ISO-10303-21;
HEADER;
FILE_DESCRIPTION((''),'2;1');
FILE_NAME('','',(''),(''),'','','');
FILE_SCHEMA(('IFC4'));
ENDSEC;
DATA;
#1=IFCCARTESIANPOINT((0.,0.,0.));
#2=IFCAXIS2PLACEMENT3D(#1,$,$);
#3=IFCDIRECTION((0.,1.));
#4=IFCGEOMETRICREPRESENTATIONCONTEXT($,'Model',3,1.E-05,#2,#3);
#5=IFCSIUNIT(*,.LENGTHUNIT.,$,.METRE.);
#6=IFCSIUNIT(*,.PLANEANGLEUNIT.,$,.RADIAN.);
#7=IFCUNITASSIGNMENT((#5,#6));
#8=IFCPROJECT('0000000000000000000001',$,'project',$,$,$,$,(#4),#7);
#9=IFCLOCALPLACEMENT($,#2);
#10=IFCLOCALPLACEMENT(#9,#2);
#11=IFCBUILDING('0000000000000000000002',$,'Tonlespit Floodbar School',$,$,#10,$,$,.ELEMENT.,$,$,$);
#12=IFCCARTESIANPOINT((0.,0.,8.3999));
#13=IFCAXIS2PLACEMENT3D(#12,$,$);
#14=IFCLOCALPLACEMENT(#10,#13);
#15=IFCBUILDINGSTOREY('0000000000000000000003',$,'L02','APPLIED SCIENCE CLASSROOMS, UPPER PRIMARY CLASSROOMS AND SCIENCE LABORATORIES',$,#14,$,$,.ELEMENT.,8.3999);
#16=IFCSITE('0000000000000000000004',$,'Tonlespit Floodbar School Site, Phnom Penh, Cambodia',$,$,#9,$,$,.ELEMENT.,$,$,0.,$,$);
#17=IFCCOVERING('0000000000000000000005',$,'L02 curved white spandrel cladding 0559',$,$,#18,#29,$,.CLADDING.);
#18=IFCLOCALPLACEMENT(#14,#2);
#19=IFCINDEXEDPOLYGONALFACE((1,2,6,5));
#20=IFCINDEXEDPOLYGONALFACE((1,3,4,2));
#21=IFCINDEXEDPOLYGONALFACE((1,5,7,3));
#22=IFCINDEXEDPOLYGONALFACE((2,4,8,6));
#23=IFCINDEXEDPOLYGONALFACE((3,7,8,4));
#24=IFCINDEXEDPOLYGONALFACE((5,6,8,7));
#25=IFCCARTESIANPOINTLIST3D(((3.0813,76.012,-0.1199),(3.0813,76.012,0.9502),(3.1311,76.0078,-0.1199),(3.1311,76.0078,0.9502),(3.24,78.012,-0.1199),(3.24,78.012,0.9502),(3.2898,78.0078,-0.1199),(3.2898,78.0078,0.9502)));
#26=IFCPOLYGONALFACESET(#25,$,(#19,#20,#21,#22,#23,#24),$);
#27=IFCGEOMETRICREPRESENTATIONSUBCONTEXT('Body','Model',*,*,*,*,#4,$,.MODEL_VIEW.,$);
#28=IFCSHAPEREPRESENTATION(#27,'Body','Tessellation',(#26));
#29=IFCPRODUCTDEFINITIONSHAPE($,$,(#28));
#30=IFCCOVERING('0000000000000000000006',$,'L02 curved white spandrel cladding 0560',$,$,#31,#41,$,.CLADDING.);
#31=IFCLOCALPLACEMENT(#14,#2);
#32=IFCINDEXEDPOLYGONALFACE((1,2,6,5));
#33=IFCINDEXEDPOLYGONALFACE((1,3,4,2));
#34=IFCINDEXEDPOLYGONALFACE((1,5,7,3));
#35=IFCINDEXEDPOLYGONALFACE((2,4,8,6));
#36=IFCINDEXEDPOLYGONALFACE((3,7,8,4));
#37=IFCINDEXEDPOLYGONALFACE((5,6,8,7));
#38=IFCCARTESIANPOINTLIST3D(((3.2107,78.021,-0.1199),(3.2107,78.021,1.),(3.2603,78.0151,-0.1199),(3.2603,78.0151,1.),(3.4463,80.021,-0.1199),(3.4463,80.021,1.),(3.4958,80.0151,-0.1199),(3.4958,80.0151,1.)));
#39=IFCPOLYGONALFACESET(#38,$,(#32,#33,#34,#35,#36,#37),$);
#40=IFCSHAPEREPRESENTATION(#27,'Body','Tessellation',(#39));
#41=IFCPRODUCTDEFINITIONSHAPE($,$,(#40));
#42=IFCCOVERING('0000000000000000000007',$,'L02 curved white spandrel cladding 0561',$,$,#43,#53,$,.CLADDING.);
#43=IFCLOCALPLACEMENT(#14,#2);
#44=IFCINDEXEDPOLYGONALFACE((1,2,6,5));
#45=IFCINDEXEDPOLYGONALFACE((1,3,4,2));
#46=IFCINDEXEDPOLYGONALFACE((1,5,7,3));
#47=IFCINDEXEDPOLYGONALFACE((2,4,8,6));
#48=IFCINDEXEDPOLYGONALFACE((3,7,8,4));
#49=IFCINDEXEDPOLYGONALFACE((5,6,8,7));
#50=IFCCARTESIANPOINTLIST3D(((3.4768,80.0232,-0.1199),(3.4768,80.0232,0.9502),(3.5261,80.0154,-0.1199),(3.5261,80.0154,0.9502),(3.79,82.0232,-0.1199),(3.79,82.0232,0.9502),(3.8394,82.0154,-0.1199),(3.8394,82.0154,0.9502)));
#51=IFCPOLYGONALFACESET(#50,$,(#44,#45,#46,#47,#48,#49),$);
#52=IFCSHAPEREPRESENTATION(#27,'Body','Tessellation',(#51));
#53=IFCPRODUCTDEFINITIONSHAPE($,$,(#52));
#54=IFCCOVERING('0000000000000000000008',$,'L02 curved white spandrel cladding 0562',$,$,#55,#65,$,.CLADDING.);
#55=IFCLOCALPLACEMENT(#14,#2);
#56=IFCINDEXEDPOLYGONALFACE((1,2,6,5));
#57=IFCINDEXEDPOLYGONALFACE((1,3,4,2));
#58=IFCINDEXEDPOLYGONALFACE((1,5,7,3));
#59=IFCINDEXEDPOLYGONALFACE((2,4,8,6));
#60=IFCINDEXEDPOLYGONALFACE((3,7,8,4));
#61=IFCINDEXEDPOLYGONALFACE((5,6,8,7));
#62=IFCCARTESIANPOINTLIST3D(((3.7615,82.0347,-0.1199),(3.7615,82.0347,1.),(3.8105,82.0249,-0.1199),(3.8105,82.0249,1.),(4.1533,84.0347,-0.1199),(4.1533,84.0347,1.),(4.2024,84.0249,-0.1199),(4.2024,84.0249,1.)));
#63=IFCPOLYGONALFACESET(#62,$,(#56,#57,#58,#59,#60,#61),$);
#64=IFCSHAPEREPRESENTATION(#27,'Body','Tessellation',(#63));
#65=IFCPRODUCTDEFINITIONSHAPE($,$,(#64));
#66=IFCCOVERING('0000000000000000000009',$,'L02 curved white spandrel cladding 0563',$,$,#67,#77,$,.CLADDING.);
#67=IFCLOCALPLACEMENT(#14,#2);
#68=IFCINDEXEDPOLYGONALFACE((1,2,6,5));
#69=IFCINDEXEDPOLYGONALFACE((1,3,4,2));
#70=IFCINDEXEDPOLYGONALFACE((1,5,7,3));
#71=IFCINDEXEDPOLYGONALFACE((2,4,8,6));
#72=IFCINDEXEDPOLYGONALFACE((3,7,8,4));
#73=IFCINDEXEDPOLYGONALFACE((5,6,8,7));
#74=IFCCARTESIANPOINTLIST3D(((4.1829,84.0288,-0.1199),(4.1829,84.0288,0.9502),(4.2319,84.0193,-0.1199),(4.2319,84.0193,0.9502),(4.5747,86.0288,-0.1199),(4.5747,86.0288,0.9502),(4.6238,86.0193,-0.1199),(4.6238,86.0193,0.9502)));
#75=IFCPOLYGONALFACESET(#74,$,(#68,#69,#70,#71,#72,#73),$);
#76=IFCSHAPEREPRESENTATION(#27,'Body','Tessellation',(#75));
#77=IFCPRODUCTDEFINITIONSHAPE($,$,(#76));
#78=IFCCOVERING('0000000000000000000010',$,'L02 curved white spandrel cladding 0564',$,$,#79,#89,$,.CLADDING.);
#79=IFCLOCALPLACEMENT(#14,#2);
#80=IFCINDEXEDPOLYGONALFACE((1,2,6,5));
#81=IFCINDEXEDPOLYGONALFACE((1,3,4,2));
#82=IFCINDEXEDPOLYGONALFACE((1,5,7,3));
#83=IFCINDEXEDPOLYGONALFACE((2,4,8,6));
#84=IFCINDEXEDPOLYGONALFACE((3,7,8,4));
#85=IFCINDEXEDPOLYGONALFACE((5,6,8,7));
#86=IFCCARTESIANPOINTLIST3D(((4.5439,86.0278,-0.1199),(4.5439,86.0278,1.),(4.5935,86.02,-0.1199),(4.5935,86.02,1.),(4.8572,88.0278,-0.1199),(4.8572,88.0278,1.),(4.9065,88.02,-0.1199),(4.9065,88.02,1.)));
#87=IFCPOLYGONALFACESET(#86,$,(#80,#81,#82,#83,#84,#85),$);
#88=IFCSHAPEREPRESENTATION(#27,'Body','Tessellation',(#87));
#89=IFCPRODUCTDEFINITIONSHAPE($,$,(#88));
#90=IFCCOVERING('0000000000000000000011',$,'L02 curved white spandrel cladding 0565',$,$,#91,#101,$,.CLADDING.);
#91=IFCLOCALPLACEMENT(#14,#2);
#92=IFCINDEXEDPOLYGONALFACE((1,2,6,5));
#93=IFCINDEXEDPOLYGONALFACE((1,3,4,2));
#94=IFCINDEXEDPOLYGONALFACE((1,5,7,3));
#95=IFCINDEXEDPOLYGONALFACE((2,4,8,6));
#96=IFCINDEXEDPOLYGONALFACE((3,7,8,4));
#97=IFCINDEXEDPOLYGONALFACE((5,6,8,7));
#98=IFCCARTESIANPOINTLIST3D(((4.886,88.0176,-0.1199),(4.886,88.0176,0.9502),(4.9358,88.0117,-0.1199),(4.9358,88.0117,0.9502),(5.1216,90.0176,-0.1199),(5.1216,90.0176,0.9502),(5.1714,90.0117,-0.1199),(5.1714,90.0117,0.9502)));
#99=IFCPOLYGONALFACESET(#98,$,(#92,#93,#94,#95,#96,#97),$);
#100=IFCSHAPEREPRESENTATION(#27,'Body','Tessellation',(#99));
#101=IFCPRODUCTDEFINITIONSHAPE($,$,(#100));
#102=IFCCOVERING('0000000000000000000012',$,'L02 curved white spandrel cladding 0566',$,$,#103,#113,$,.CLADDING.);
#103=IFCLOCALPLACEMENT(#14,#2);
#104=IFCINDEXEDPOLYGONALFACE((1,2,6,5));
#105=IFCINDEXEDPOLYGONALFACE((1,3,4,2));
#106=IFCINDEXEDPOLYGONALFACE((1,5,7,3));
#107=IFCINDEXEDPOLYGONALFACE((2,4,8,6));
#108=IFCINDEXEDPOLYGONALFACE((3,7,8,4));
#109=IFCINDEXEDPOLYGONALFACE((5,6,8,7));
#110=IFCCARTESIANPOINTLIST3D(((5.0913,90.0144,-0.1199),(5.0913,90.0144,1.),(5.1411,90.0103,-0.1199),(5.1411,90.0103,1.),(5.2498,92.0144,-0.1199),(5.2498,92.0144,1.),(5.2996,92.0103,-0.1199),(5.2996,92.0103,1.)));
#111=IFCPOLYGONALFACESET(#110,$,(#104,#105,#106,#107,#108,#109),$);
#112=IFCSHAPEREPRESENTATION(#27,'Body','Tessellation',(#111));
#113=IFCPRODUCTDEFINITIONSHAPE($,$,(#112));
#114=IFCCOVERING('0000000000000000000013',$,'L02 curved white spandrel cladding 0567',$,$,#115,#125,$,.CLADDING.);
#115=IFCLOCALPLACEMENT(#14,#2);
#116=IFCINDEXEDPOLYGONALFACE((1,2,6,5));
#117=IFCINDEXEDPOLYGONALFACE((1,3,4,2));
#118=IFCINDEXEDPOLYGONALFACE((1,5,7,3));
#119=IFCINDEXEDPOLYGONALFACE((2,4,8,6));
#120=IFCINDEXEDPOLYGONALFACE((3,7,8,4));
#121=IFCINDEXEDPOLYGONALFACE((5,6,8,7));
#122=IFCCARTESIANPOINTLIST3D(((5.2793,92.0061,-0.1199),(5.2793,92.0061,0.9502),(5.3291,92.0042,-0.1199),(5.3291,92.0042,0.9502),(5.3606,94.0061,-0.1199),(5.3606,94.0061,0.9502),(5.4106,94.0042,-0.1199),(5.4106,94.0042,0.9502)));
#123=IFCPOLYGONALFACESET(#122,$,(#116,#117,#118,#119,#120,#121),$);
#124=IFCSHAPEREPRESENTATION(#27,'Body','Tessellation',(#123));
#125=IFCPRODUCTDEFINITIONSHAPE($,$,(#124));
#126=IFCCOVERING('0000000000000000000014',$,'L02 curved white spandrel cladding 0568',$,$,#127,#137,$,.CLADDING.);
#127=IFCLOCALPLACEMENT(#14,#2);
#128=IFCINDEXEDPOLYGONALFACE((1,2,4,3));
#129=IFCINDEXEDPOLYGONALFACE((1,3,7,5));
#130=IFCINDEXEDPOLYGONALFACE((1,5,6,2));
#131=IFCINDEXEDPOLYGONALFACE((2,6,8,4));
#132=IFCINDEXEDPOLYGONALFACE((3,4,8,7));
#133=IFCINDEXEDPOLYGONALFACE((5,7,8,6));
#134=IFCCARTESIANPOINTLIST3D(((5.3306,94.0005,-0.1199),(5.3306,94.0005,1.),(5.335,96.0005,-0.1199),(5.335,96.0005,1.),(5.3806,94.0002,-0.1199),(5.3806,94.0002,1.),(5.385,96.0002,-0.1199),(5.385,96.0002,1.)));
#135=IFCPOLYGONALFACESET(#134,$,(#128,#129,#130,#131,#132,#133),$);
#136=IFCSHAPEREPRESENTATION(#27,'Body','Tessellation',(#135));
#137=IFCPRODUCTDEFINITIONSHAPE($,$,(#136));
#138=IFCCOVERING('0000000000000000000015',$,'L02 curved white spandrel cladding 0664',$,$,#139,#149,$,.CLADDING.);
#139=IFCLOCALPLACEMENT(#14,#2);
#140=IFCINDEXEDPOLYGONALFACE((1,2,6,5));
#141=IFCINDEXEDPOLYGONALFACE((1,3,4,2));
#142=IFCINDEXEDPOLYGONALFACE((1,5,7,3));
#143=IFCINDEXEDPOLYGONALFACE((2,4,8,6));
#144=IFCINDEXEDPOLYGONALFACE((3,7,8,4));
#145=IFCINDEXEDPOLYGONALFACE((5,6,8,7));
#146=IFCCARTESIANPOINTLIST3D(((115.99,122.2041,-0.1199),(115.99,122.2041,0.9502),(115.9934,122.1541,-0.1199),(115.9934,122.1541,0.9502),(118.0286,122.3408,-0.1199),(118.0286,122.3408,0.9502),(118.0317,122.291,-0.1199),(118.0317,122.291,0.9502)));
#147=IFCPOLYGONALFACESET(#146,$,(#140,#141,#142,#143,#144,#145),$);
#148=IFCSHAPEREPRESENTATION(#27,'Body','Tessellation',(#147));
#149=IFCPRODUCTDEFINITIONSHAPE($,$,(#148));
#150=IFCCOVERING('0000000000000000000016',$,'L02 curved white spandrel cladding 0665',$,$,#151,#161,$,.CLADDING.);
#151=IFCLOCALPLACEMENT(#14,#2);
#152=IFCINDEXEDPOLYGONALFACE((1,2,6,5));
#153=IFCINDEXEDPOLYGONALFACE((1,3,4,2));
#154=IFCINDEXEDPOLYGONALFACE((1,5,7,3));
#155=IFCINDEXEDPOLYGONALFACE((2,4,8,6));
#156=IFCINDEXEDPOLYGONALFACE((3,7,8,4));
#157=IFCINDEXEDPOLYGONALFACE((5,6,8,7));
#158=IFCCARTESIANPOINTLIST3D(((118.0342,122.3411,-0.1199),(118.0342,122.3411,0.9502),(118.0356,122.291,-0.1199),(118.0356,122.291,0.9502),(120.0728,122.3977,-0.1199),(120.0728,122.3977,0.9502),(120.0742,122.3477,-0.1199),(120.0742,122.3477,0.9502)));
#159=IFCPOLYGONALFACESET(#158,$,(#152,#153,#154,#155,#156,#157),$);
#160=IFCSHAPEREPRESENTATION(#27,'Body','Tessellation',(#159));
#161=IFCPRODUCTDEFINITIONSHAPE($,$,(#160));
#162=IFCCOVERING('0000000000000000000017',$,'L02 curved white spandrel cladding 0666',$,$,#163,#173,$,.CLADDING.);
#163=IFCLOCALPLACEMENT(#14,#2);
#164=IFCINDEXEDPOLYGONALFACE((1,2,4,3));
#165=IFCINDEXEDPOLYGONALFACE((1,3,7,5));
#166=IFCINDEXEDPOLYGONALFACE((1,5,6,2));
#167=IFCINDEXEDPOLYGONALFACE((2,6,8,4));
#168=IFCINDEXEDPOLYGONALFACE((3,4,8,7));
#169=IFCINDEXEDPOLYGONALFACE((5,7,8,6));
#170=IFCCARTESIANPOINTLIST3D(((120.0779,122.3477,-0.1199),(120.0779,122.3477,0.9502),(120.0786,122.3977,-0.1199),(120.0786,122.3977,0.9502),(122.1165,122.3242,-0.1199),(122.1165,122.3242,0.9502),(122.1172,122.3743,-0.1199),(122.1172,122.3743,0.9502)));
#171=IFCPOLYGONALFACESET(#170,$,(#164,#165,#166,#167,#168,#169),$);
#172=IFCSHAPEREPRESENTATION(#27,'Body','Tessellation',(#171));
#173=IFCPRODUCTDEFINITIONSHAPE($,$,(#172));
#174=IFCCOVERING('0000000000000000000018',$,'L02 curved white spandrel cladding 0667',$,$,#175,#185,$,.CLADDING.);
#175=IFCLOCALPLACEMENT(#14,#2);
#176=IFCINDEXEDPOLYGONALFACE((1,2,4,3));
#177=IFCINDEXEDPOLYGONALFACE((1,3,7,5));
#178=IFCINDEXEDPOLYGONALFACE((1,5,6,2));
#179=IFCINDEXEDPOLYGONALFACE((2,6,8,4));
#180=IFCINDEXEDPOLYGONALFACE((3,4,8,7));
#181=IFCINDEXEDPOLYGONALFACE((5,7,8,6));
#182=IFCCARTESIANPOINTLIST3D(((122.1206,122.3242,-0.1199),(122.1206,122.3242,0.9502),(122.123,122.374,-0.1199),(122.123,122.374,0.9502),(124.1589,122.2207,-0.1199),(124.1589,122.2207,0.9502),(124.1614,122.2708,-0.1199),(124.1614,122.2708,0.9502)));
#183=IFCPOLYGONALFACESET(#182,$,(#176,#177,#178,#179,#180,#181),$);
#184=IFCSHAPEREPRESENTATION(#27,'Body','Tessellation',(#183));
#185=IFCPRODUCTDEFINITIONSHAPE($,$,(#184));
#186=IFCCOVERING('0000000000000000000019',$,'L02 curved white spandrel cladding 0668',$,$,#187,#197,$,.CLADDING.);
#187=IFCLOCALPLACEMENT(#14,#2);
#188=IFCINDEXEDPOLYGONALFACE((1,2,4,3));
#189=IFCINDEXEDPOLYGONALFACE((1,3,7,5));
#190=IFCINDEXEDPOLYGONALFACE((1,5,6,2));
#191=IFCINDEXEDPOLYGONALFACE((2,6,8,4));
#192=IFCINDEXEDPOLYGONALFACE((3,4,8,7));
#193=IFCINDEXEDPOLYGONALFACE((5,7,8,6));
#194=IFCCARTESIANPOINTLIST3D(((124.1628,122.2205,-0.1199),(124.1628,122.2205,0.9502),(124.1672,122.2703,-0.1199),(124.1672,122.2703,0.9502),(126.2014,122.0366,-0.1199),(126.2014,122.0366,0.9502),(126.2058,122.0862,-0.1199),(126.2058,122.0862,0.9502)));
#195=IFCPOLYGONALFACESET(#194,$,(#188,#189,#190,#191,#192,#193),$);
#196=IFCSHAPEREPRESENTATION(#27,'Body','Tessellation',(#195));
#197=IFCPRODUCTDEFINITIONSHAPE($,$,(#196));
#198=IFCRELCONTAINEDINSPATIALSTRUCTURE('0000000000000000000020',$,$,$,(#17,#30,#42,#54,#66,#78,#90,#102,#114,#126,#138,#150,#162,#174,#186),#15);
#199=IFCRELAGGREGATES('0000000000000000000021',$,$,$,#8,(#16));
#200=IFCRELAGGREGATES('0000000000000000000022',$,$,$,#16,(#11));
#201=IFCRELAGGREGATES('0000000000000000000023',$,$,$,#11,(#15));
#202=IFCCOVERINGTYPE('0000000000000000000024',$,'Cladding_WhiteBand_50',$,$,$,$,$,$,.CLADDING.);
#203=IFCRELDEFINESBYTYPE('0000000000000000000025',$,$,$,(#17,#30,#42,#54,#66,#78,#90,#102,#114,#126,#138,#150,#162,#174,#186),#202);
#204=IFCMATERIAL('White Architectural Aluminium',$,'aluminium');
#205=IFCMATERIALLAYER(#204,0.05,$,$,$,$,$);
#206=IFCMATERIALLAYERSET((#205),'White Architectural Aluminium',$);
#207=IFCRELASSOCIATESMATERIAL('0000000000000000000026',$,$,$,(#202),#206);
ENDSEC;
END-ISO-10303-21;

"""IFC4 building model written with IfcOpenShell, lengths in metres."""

from ifc_helpers import new_model, si_unit, direction, frame, origin, place, context, subcontext, project, spatial, polyline, outline, extrude, material, layer, layer_set, type_object, element, save


model = new_model("IFC4")

# Units and contexts
model_context = context("Model", 3, precision=1e-05, world=origin(), true_north=direction((0.0, 1.0)))
body_context = subcontext(model_context, "Body", "Model", "MODEL_VIEW")
ifc_project = project(units=[si_unit("LENGTHUNIT", "METRE"), si_unit("PLANEANGLEUNIT", "RADIAN")], contexts=[model_context])

# Site, building, storey
site_placement = place(None, origin())
site = spatial("IfcSite", under=ifc_project, at=site_placement, Name="Tonlespit Floodbar School Site, Phnom Penh, Cambodia", CompositionType="ELEMENT", RefElevation=0.0)
building_placement = place(site_placement, origin())
building = spatial("IfcBuilding", under=site, at=building_placement, Name="Tonlespit Floodbar School", CompositionType="ELEMENT")
storey_placement = place(building_placement, frame((0.0, 0.0, 8.3999)))
storey = spatial("IfcBuildingStorey", under=building, at=storey_placement, Name="L02", Description="APPLIED SCIENCE CLASSROOMS, UPPER PRIMARY CLASSROOMS AND SCIENCE LABORATORIES", CompositionType="ELEMENT", Elevation=8.3999)

# Coverings
ifc_material = material(Name="White Architectural Aluminium", Category="aluminium")
ifc_layer = layer(ifc_material, 0.05)
ifc_layer_set = layer_set([ifc_layer], Name="White Architectural Aluminium")
covering_type = type_object("IfcCoveringType", Name="Cladding_WhiteBand_50", PredefinedType="CLADDING", material=ifc_layer_set)
covering_1_placement = place(storey_placement, frame((0.0, 0.0, -0.1199)))
element("IfcCovering", 1, at=covering_1_placement, inside=storey, type_object=covering_type, Name="L02 curved white spandrel cladding 0559", PredefinedType="CLADDING", context=body_context, shape_type="SweptSolid", body=[
    extrude(outline(polyline([(3.1311, 76.0078), (3.2898, 78.0078), (3.24, 78.012), (3.0813, 76.012), (3.1311, 76.0078)])), origin(), (0.0, 0.0, 1.0), 1.0701),
])
covering_2_placement = place(storey_placement, frame((0.0, 0.0, -0.1199)))
element("IfcCovering", 2, at=covering_2_placement, inside=storey, type_object=covering_type, Name="L02 curved white spandrel cladding 0560", PredefinedType="CLADDING", context=body_context, shape_type="SweptSolid", body=[
    extrude(outline(polyline([(3.2603, 78.0151), (3.4958, 80.0151), (3.4463, 80.021), (3.2107, 78.021), (3.2603, 78.0151)])), origin(), (0.0, 0.0, 1.0), 1.1199),
])
covering_3_placement = place(storey_placement, frame((0.0, 0.0, -0.1199)))
element("IfcCovering", 3, at=covering_3_placement, inside=storey, type_object=covering_type, Name="L02 curved white spandrel cladding 0561", PredefinedType="CLADDING", context=body_context, shape_type="SweptSolid", body=[
    extrude(outline(polyline([(3.5261, 80.0154), (3.8394, 82.0154), (3.79, 82.0232), (3.4768, 80.0232), (3.5261, 80.0154)])), origin(), (0.0, 0.0, 1.0), 1.0701),
])
covering_4_placement = place(storey_placement, frame((0.0, 0.0, -0.1199)))
element("IfcCovering", 4, at=covering_4_placement, inside=storey, type_object=covering_type, Name="L02 curved white spandrel cladding 0562", PredefinedType="CLADDING", context=body_context, shape_type="SweptSolid", body=[
    extrude(outline(polyline([(3.8105, 82.0249), (4.2024, 84.0249), (4.1533, 84.0347), (3.7615, 82.0347), (3.8105, 82.0249)])), origin(), (0.0, 0.0, 1.0), 1.1199),
])
covering_5_placement = place(storey_placement, frame((0.0, 0.0, -0.1199)))
element("IfcCovering", 5, at=covering_5_placement, inside=storey, type_object=covering_type, Name="L02 curved white spandrel cladding 0563", PredefinedType="CLADDING", context=body_context, shape_type="SweptSolid", body=[
    extrude(outline(polyline([(4.2319, 84.0193), (4.6238, 86.0193), (4.5747, 86.0288), (4.1829, 84.0288), (4.2319, 84.0193)])), origin(), (0.0, 0.0, 1.0), 1.0701),
])
covering_6_placement = place(storey_placement, frame((0.0, 0.0, -0.1199)))
element("IfcCovering", 6, at=covering_6_placement, inside=storey, type_object=covering_type, Name="L02 curved white spandrel cladding 0564", PredefinedType="CLADDING", context=body_context, shape_type="SweptSolid", body=[
    extrude(outline(polyline([(4.5935, 86.02), (4.9065, 88.02), (4.8572, 88.0278), (4.5439, 86.0278), (4.5935, 86.02)])), origin(), (0.0, 0.0, 1.0), 1.1199),
])
covering_7_placement = place(storey_placement, frame((0.0, 0.0, -0.1199)))
element("IfcCovering", 7, at=covering_7_placement, inside=storey, type_object=covering_type, Name="L02 curved white spandrel cladding 0565", PredefinedType="CLADDING", context=body_context, shape_type="SweptSolid", body=[
    extrude(outline(polyline([(4.9358, 88.0117), (5.1714, 90.0117), (5.1216, 90.0176), (4.886, 88.0176), (4.9358, 88.0117)])), origin(), (0.0, 0.0, 1.0), 1.0701),
])
covering_8_placement = place(storey_placement, frame((0.0, 0.0, -0.1199)))
element("IfcCovering", 8, at=covering_8_placement, inside=storey, type_object=covering_type, Name="L02 curved white spandrel cladding 0566", PredefinedType="CLADDING", context=body_context, shape_type="SweptSolid", body=[
    extrude(outline(polyline([(5.1411, 90.0103), (5.2996, 92.0103), (5.2498, 92.0144), (5.0913, 90.0144), (5.1411, 90.0103)])), origin(), (0.0, 0.0, 1.0), 1.1199),
])
covering_9_placement = place(storey_placement, frame((0.0, 0.0, -0.1199)))
element("IfcCovering", 9, at=covering_9_placement, inside=storey, type_object=covering_type, Name="L02 curved white spandrel cladding 0567", PredefinedType="CLADDING", context=body_context, shape_type="SweptSolid", body=[
    extrude(outline(polyline([(5.3291, 92.0042), (5.4106, 94.0042), (5.3606, 94.0061), (5.2793, 92.0061), (5.3291, 92.0042)])), origin(), (0.0, 0.0, 1.0), 1.0701),
])
covering_10_placement = place(storey_placement, frame((0.0, 0.0, -0.1199)))
element("IfcCovering", 10, at=covering_10_placement, inside=storey, type_object=covering_type, Name="L02 curved white spandrel cladding 0568", PredefinedType="CLADDING", context=body_context, shape_type="SweptSolid", body=[
    extrude(outline(polyline([(5.3806, 94.0002), (5.385, 96.0002), (5.335, 96.0005), (5.3306, 94.0005), (5.3806, 94.0002)])), origin(), (0.0, 0.0, 1.0), 1.1199),
])
covering_11_placement = place(storey_placement, frame((0.0, 0.0, -0.1199)))
element("IfcCovering", 11, at=covering_11_placement, inside=storey, type_object=covering_type, Name="L02 curved white spandrel cladding 0664", PredefinedType="CLADDING", context=body_context, shape_type="SweptSolid", body=[
    extrude(outline(polyline([(115.9934, 122.1541), (118.0317, 122.291), (118.0286, 122.3408), (115.99, 122.2041), (115.9934, 122.1541)])), origin(), (0.0, 0.0, 1.0), 1.0701),
])
covering_12_placement = place(storey_placement, frame((0.0, 0.0, -0.1199)))
element("IfcCovering", 12, at=covering_12_placement, inside=storey, type_object=covering_type, Name="L02 curved white spandrel cladding 0665", PredefinedType="CLADDING", context=body_context, shape_type="SweptSolid", body=[
    extrude(outline(polyline([(118.0356, 122.291), (120.0742, 122.3477), (120.0728, 122.3977), (118.0342, 122.3411), (118.0356, 122.291)])), origin(), (0.0, 0.0, 1.0), 1.0701),
])
covering_13_placement = place(storey_placement, frame((0.0, 0.0, -0.1199)))
element("IfcCovering", 13, at=covering_13_placement, inside=storey, type_object=covering_type, Name="L02 curved white spandrel cladding 0666", PredefinedType="CLADDING", context=body_context, shape_type="SweptSolid", body=[
    extrude(outline(polyline([(120.0779, 122.3477), (122.1165, 122.3242), (122.1172, 122.3743), (120.0786, 122.3977), (120.0779, 122.3477)])), origin(), (0.0, 0.0, 1.0), 1.0701),
])
covering_14_placement = place(storey_placement, frame((0.0, 0.0, -0.1199)))
element("IfcCovering", 14, at=covering_14_placement, inside=storey, type_object=covering_type, Name="L02 curved white spandrel cladding 0667", PredefinedType="CLADDING", context=body_context, shape_type="SweptSolid", body=[
    extrude(outline(polyline([(122.1206, 122.3242), (124.1589, 122.2207), (124.1614, 122.2708), (122.123, 122.374), (122.1206, 122.3242)])), origin(), (0.0, 0.0, 1.0), 1.0701),
])
covering_15_placement = place(storey_placement, frame((0.0, 0.0, -0.1199)))
element("IfcCovering", 15, at=covering_15_placement, inside=storey, type_object=covering_type, Name="L02 curved white spandrel cladding 0668", PredefinedType="CLADDING", context=body_context, shape_type="SweptSolid", body=[
    extrude(outline(polyline([(124.1628, 122.2205), (126.2014, 122.0366), (126.2058, 122.0862), (124.1672, 122.2703), (124.1628, 122.2205)])), origin(), (0.0, 0.0, 1.0), 1.0701),
])

save(model, "model.ifc")
